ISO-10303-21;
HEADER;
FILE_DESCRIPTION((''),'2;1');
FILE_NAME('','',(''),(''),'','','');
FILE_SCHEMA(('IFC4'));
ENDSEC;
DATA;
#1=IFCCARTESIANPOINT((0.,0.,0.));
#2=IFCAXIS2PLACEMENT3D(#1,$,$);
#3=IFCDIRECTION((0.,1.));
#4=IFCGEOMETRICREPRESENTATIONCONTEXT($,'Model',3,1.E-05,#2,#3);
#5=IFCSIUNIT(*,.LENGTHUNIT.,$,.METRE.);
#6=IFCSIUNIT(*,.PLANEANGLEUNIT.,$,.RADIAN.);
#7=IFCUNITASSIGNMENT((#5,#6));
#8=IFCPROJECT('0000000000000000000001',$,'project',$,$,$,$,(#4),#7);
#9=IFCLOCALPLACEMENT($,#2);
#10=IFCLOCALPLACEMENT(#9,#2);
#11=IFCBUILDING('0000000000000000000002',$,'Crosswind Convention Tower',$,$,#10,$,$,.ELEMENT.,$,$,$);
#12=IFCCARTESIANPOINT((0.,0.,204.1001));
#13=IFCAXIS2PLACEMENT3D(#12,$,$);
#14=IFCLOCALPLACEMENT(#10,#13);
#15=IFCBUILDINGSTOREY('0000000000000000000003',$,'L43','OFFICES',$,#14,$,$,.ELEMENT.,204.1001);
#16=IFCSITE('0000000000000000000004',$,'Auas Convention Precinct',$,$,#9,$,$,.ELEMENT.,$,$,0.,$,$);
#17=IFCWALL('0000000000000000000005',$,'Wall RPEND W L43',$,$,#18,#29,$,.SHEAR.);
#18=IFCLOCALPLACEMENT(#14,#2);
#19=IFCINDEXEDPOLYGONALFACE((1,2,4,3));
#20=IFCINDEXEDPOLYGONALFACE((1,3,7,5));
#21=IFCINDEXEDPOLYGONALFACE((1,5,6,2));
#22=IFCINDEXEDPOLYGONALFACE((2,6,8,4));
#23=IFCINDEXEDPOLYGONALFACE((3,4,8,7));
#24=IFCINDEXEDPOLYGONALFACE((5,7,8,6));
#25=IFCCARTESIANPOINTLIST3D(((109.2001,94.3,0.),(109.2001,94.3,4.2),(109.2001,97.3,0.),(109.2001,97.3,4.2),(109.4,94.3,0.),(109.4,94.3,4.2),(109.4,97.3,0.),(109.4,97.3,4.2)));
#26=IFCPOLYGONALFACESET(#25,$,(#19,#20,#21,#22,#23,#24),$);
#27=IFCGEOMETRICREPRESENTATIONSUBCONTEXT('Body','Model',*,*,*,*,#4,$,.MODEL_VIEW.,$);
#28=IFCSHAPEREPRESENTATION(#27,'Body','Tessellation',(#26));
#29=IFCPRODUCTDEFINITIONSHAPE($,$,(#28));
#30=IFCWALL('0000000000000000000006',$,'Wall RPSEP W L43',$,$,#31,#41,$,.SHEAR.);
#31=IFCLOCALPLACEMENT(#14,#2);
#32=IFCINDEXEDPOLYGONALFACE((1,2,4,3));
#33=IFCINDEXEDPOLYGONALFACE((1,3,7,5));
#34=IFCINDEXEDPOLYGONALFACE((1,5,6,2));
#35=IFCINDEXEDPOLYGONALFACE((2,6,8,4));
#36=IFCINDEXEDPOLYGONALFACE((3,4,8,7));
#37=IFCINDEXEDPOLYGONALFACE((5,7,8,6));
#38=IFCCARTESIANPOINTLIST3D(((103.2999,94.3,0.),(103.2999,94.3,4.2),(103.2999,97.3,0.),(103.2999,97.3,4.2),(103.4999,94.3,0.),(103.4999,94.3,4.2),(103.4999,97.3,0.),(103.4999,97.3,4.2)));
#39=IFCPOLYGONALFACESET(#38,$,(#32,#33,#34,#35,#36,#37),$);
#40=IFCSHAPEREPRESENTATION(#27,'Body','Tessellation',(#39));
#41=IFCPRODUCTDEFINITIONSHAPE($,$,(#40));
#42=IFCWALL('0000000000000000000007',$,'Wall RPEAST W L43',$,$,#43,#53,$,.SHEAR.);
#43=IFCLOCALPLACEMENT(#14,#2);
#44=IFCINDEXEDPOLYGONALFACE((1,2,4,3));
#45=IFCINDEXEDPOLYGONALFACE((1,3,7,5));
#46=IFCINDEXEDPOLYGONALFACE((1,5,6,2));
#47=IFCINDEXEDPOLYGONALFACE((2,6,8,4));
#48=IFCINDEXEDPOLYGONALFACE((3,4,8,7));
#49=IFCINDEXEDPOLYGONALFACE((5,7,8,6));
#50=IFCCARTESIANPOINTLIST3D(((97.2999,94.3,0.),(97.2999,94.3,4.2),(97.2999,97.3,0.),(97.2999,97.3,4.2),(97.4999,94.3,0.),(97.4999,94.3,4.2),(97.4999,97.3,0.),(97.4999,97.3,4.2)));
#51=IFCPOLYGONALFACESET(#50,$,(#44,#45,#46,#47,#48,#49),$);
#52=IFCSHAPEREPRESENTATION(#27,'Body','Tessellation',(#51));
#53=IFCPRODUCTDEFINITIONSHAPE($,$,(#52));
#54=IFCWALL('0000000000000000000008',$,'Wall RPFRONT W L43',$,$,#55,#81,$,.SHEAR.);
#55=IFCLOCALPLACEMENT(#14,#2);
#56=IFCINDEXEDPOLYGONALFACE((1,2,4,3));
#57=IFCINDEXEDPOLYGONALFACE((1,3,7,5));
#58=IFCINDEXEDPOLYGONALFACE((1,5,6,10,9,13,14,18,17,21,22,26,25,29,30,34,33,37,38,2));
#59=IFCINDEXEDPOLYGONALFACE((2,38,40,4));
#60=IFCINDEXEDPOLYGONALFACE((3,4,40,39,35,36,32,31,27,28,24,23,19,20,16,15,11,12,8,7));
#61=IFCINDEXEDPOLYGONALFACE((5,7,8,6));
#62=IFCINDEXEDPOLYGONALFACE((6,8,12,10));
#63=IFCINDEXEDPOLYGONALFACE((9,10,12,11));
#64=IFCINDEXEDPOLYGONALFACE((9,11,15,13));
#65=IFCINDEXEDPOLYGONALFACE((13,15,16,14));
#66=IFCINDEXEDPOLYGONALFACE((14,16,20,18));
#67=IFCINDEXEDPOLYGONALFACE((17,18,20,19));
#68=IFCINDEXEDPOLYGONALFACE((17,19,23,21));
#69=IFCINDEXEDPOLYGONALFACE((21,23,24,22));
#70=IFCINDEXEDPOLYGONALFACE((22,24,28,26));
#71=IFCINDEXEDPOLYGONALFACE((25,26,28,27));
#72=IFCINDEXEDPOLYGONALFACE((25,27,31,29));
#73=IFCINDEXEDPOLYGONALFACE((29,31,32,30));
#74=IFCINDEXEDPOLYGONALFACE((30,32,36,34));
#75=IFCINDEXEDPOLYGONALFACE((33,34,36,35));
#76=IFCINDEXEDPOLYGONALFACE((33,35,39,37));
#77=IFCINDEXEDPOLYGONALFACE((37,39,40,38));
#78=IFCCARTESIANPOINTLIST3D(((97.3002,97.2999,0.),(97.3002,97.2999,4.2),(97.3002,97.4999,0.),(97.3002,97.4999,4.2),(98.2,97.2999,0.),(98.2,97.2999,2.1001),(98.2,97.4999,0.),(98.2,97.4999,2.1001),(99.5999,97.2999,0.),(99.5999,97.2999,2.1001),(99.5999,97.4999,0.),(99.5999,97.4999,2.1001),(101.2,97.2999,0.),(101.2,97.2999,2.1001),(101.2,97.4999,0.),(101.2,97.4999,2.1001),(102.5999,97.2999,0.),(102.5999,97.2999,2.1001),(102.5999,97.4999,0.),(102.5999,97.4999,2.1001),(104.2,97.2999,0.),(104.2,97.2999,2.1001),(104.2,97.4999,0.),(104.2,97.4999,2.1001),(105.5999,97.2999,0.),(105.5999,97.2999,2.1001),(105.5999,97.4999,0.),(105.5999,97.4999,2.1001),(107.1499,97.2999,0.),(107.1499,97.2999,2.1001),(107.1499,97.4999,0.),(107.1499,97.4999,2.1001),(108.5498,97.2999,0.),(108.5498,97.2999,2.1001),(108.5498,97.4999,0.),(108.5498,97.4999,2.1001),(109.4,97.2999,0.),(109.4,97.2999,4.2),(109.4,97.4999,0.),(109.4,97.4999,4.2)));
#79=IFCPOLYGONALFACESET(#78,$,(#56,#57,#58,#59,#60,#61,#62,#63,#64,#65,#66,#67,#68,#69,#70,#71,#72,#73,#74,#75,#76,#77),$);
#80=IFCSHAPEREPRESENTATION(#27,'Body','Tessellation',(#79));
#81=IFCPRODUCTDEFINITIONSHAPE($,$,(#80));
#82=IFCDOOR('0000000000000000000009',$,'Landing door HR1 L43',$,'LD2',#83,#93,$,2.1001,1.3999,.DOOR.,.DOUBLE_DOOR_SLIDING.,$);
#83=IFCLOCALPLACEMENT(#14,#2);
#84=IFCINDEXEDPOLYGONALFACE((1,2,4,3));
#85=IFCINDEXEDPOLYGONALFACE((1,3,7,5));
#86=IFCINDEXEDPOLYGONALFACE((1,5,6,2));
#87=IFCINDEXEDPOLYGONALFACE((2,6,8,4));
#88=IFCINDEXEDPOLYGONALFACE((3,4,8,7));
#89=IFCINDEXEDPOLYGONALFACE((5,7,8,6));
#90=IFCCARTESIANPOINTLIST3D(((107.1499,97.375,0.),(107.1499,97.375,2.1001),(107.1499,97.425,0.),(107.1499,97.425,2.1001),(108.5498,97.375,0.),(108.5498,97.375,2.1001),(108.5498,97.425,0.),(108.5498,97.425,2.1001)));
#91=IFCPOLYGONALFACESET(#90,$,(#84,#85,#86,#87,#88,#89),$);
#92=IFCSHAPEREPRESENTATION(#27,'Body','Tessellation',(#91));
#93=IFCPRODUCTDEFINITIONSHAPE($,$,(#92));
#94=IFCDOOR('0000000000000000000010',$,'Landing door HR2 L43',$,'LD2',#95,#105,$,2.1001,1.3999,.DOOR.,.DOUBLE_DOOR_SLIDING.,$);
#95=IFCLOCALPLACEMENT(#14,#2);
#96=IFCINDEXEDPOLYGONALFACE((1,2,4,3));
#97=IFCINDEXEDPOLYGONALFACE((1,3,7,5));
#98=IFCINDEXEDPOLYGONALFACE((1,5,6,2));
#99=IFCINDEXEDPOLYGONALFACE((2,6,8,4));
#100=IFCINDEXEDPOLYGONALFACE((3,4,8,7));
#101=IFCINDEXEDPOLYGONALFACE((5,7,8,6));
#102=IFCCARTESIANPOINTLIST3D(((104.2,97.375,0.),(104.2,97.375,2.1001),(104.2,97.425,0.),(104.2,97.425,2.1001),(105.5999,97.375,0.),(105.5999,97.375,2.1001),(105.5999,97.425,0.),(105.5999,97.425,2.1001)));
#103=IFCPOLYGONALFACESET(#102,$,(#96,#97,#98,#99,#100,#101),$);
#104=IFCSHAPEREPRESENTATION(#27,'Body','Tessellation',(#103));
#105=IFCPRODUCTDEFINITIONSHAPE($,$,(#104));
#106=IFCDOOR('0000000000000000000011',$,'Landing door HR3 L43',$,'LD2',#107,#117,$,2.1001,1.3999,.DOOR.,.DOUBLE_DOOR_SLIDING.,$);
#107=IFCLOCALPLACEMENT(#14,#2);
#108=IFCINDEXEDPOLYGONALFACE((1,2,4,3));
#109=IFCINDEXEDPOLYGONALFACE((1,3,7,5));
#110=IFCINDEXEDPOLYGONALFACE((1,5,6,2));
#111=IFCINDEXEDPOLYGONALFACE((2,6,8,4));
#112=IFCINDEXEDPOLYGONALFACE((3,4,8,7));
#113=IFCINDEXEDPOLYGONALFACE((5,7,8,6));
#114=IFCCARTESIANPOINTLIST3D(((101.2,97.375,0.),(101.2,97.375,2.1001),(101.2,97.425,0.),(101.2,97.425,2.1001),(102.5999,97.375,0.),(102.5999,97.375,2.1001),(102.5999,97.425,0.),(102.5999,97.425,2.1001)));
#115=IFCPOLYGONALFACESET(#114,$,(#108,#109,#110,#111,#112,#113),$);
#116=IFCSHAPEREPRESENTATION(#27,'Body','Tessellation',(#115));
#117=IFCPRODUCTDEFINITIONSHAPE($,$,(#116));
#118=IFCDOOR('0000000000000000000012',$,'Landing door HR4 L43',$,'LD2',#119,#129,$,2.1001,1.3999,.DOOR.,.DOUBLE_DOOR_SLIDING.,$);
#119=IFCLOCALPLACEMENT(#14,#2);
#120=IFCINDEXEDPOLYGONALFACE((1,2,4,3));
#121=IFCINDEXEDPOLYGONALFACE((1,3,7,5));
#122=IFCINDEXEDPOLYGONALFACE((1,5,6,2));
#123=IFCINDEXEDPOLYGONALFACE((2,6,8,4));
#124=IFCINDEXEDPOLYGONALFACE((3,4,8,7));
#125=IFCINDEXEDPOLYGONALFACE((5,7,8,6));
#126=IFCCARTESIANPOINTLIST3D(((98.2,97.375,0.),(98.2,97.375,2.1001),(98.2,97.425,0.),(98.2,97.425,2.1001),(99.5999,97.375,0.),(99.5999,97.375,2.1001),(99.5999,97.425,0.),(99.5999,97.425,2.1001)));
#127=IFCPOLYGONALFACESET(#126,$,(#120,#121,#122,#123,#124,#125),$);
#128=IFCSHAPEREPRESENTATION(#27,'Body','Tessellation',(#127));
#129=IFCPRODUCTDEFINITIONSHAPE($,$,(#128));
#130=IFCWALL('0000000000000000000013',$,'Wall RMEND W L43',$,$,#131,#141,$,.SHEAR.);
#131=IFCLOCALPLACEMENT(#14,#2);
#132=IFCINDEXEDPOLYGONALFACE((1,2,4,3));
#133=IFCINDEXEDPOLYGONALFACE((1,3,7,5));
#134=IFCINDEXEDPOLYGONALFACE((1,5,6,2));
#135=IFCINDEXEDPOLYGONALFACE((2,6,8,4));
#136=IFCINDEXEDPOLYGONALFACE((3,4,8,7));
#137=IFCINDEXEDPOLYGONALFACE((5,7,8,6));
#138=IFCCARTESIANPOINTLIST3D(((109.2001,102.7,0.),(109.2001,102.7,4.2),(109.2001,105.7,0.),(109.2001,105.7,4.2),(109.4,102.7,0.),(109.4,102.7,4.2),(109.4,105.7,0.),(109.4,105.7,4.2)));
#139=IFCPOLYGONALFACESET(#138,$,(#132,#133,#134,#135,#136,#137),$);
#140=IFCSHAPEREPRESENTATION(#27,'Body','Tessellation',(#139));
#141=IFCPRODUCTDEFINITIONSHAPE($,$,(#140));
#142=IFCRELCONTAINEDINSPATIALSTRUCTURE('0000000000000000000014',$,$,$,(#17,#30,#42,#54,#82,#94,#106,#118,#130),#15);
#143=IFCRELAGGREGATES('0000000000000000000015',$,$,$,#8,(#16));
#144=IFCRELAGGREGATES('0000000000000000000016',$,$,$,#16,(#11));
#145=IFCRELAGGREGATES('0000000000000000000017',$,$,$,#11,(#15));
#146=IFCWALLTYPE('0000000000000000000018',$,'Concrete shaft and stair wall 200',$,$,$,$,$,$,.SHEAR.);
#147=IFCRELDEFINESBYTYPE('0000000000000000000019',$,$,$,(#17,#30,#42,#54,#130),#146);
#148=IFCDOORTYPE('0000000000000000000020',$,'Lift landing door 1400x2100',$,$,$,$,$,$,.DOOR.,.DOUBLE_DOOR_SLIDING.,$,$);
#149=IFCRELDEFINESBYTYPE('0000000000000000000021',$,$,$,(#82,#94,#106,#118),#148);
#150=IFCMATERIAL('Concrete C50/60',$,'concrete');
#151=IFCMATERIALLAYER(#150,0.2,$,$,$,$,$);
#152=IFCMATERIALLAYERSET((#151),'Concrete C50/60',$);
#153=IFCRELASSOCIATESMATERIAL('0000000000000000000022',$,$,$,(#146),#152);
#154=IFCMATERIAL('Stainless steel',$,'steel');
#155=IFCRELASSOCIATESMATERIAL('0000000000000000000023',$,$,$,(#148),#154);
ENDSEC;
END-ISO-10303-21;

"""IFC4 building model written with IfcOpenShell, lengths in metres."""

from ifc_helpers import new_model, si_unit, direction, frame, frame_2d, origin, place, context, subcontext, project, spatial, rectangle, extrude, material, layer, layer_set, type_object, element, fill, save


model = new_model("IFC4")

# Units and contexts
model_context = context("Model", 3, precision=1e-05, world=origin(), true_north=direction((0.0, 1.0)))
body_context = subcontext(model_context, "Body", "Model", "MODEL_VIEW")
ifc_project = project(units=[si_unit("LENGTHUNIT", "METRE"), si_unit("PLANEANGLEUNIT", "RADIAN")], contexts=[model_context])

# Site, building, storey
site_placement = place(None, origin())
site = spatial("IfcSite", under=ifc_project, at=site_placement, Name="Auas Convention Precinct", CompositionType="ELEMENT", RefElevation=0.0)
building_placement = place(site_placement, origin())
building = spatial("IfcBuilding", under=site, at=building_placement, Name="Crosswind Convention Tower", CompositionType="ELEMENT")
storey_placement = place(building_placement, frame((0.0, 0.0, 204.1001)))
storey = spatial("IfcBuildingStorey", under=building, at=storey_placement, Name="L43", Description="OFFICES", CompositionType="ELEMENT", Elevation=204.1001)

# Walls
ifc_material_1 = material(Name="Concrete C50/60", Category="concrete")
ifc_layer_1 = layer(ifc_material_1, 0.2)
ifc_layer_set_1 = layer_set([ifc_layer_1], Name="Concrete C50/60")
wall_type_1 = type_object("IfcWallType", Name="Concrete shaft and stair wall 200", PredefinedType="SHEAR", material=ifc_layer_set_1)
for number, where, z_axis, x_axis, name in (
    (1, (109.3, 97.3, 0.0), (0.0, 0.0, 1.0), (0.0, -1.0, 0.0), "Wall RPEND W L43"),
    (2, (103.3999, 97.3, 0.0), (0.0, 0.0, 1.0), (0.0, -1.0, 0.0), "Wall RPSEP W L43"),
    (3, (97.3999, 97.3, 0.0), (0.0, 0.0, 1.0), (0.0, -1.0, 0.0), "Wall RPEAST W L43"),
):
    element("IfcWall", number, at=place(storey_placement, frame(where, z_axis=z_axis, x_axis=x_axis)), inside=storey, type_object=wall_type_1, Name=name, PredefinedType="SHEAR", context=body_context, shape_type="SweptSolid", body=[
        extrude(rectangle(XDim=3.0, YDim=0.2, at=frame_2d((1.5, 0.0))), origin(), (0.0, 0.0, 1.0), 4.2),
    ])

# Wall, openings, doors
wall_1_placement = place(storey_placement, frame((109.3999, 97.3999, 0.0), z_axis=(0.0, 0.0, 1.0), x_axis=(-1.0, 0.0, 0.0)))
wall_1 = element("IfcWall", 4, at=wall_1_placement, inside=storey, type_object=wall_type_1, Name="Wall RPFRONT W L43", PredefinedType="SHEAR", context=body_context, shape_type="SweptSolid", body=[
    extrude(rectangle(XDim=12.0999, YDim=0.2, at=frame_2d((6.0498, 0.0))), origin(), (0.0, 0.0, 1.0), 4.2),
])
opening_1_placement = place(wall_1_placement, frame((0.8501, 0.0, 0.0)))
opening_1 = element("IfcOpeningElement", 5, at=opening_1_placement, cuts=wall_1, PredefinedType="OPENING", context=body_context, shape_type="SweptSolid", body=[
    extrude(rectangle(XDim=1.3999, YDim=2.1001, at=frame_2d((0.7, 1.05))), frame((0.0, 0.1099, 0.0), z_axis=(0.0, -1.0, 0.0), x_axis=(1.0, 0.0, 0.0)), (0.0, 0.0, 1.0), 0.22),
])
opening_2_placement = place(wall_1_placement, frame((3.8, 0.0, 0.0)))
opening_2 = element("IfcOpeningElement", 6, at=opening_2_placement, cuts=wall_1, PredefinedType="OPENING", context=body_context, shape_type="SweptSolid", body=[
    extrude(rectangle(XDim=1.3999, YDim=2.1001, at=frame_2d((0.7, 1.05))), frame((0.0, 0.1099, 0.0), z_axis=(0.0, -1.0, 0.0), x_axis=(1.0, 0.0, 0.0)), (0.0, 0.0, 1.0), 0.22),
])
opening_3_placement = place(wall_1_placement, frame((6.8, 0.0, 0.0)))
opening_3 = element("IfcOpeningElement", 7, at=opening_3_placement, cuts=wall_1, PredefinedType="OPENING", context=body_context, shape_type="SweptSolid", body=[
    extrude(rectangle(XDim=1.3999, YDim=2.1001, at=frame_2d((0.7, 1.05))), frame((0.0, 0.1099, 0.0), z_axis=(0.0, -1.0, 0.0), x_axis=(1.0, 0.0, 0.0)), (0.0, 0.0, 1.0), 0.22),
])
opening_4_placement = place(wall_1_placement, frame((9.8, 0.0, 0.0)))
opening_4 = element("IfcOpeningElement", 8, at=opening_4_placement, cuts=wall_1, PredefinedType="OPENING", context=body_context, shape_type="SweptSolid", body=[
    extrude(rectangle(XDim=1.3999, YDim=2.1001, at=frame_2d((0.7, 1.05))), frame((0.0, 0.1099, 0.0), z_axis=(0.0, -1.0, 0.0), x_axis=(1.0, 0.0, 0.0)), (0.0, 0.0, 1.0), 0.22),
])
ifc_material_2 = material(Name="Stainless steel", Category="steel")
door_type_1 = type_object("IfcDoorType", Name="Lift landing door 1400x2100", OperationType="DOUBLE_DOOR_SLIDING", PredefinedType="DOOR", material=ifc_material_2)
door_1_placement = place(opening_1_placement, origin())
door_1 = element("IfcDoor", 9, at=door_1_placement, inside=storey, type_object=door_type_1, Name="Landing door HR1 L43", ObjectType="LD2", OperationType="DOUBLE_DOOR_SLIDING", OverallHeight=2.1001, OverallWidth=1.3999, PredefinedType="DOOR", context=body_context, shape_type="SweptSolid", body=[
    extrude(rectangle(XDim=1.3999, YDim=2.1001, at=frame_2d((0.7, 1.05))), frame((0.0, 0.0249, 0.0), z_axis=(0.0, -1.0, 0.0), x_axis=(1.0, 0.0, 0.0)), (0.0, 0.0, 1.0), 0.05),
])
fill(opening_1, door_1)
door_2_placement = place(opening_2_placement, origin())
door_2 = element("IfcDoor", 10, at=door_2_placement, inside=storey, type_object=door_type_1, Name="Landing door HR2 L43", ObjectType="LD2", OperationType="DOUBLE_DOOR_SLIDING", OverallHeight=2.1001, OverallWidth=1.3999, PredefinedType="DOOR", context=body_context, shape_type="SweptSolid", body=[
    extrude(rectangle(XDim=1.3999, YDim=2.1001, at=frame_2d((0.7, 1.05))), frame((0.0, 0.0249, 0.0), z_axis=(0.0, -1.0, 0.0), x_axis=(1.0, 0.0, 0.0)), (0.0, 0.0, 1.0), 0.05),
])
fill(opening_2, door_2)
door_3_placement = place(opening_3_placement, origin())
door_3 = element("IfcDoor", 11, at=door_3_placement, inside=storey, type_object=door_type_1, Name="Landing door HR3 L43", ObjectType="LD2", OperationType="DOUBLE_DOOR_SLIDING", OverallHeight=2.1001, OverallWidth=1.3999, PredefinedType="DOOR", context=body_context, shape_type="SweptSolid", body=[
    extrude(rectangle(XDim=1.3999, YDim=2.1001, at=frame_2d((0.7, 1.05))), frame((0.0, 0.0249, 0.0), z_axis=(0.0, -1.0, 0.0), x_axis=(1.0, 0.0, 0.0)), (0.0, 0.0, 1.0), 0.05),
])
fill(opening_3, door_3)
door_4_placement = place(opening_4_placement, origin())
door_4 = element("IfcDoor", 12, at=door_4_placement, inside=storey, type_object=door_type_1, Name="Landing door HR4 L43", ObjectType="LD2", OperationType="DOUBLE_DOOR_SLIDING", OverallHeight=2.1001, OverallWidth=1.3999, PredefinedType="DOOR", context=body_context, shape_type="SweptSolid", body=[
    extrude(rectangle(XDim=1.3999, YDim=2.1001, at=frame_2d((0.7, 1.05))), frame((0.0, 0.0249, 0.0), z_axis=(0.0, -1.0, 0.0), x_axis=(1.0, 0.0, 0.0)), (0.0, 0.0, 1.0), 0.05),
])
fill(opening_4, door_4)

# Wall
wall_2_placement = place(storey_placement, frame((109.3, 105.7, 0.0), z_axis=(0.0, 0.0, 1.0), x_axis=(0.0, -1.0, 0.0)))
element("IfcWall", 13, at=wall_2_placement, inside=storey, type_object=wall_type_1, Name="Wall RMEND W L43", PredefinedType="SHEAR", context=body_context, shape_type="SweptSolid", body=[
    extrude(rectangle(XDim=3.0, YDim=0.2, at=frame_2d((1.5, 0.0))), origin(), (0.0, 0.0, 1.0), 4.2),
])

save(model, "model.ifc")
